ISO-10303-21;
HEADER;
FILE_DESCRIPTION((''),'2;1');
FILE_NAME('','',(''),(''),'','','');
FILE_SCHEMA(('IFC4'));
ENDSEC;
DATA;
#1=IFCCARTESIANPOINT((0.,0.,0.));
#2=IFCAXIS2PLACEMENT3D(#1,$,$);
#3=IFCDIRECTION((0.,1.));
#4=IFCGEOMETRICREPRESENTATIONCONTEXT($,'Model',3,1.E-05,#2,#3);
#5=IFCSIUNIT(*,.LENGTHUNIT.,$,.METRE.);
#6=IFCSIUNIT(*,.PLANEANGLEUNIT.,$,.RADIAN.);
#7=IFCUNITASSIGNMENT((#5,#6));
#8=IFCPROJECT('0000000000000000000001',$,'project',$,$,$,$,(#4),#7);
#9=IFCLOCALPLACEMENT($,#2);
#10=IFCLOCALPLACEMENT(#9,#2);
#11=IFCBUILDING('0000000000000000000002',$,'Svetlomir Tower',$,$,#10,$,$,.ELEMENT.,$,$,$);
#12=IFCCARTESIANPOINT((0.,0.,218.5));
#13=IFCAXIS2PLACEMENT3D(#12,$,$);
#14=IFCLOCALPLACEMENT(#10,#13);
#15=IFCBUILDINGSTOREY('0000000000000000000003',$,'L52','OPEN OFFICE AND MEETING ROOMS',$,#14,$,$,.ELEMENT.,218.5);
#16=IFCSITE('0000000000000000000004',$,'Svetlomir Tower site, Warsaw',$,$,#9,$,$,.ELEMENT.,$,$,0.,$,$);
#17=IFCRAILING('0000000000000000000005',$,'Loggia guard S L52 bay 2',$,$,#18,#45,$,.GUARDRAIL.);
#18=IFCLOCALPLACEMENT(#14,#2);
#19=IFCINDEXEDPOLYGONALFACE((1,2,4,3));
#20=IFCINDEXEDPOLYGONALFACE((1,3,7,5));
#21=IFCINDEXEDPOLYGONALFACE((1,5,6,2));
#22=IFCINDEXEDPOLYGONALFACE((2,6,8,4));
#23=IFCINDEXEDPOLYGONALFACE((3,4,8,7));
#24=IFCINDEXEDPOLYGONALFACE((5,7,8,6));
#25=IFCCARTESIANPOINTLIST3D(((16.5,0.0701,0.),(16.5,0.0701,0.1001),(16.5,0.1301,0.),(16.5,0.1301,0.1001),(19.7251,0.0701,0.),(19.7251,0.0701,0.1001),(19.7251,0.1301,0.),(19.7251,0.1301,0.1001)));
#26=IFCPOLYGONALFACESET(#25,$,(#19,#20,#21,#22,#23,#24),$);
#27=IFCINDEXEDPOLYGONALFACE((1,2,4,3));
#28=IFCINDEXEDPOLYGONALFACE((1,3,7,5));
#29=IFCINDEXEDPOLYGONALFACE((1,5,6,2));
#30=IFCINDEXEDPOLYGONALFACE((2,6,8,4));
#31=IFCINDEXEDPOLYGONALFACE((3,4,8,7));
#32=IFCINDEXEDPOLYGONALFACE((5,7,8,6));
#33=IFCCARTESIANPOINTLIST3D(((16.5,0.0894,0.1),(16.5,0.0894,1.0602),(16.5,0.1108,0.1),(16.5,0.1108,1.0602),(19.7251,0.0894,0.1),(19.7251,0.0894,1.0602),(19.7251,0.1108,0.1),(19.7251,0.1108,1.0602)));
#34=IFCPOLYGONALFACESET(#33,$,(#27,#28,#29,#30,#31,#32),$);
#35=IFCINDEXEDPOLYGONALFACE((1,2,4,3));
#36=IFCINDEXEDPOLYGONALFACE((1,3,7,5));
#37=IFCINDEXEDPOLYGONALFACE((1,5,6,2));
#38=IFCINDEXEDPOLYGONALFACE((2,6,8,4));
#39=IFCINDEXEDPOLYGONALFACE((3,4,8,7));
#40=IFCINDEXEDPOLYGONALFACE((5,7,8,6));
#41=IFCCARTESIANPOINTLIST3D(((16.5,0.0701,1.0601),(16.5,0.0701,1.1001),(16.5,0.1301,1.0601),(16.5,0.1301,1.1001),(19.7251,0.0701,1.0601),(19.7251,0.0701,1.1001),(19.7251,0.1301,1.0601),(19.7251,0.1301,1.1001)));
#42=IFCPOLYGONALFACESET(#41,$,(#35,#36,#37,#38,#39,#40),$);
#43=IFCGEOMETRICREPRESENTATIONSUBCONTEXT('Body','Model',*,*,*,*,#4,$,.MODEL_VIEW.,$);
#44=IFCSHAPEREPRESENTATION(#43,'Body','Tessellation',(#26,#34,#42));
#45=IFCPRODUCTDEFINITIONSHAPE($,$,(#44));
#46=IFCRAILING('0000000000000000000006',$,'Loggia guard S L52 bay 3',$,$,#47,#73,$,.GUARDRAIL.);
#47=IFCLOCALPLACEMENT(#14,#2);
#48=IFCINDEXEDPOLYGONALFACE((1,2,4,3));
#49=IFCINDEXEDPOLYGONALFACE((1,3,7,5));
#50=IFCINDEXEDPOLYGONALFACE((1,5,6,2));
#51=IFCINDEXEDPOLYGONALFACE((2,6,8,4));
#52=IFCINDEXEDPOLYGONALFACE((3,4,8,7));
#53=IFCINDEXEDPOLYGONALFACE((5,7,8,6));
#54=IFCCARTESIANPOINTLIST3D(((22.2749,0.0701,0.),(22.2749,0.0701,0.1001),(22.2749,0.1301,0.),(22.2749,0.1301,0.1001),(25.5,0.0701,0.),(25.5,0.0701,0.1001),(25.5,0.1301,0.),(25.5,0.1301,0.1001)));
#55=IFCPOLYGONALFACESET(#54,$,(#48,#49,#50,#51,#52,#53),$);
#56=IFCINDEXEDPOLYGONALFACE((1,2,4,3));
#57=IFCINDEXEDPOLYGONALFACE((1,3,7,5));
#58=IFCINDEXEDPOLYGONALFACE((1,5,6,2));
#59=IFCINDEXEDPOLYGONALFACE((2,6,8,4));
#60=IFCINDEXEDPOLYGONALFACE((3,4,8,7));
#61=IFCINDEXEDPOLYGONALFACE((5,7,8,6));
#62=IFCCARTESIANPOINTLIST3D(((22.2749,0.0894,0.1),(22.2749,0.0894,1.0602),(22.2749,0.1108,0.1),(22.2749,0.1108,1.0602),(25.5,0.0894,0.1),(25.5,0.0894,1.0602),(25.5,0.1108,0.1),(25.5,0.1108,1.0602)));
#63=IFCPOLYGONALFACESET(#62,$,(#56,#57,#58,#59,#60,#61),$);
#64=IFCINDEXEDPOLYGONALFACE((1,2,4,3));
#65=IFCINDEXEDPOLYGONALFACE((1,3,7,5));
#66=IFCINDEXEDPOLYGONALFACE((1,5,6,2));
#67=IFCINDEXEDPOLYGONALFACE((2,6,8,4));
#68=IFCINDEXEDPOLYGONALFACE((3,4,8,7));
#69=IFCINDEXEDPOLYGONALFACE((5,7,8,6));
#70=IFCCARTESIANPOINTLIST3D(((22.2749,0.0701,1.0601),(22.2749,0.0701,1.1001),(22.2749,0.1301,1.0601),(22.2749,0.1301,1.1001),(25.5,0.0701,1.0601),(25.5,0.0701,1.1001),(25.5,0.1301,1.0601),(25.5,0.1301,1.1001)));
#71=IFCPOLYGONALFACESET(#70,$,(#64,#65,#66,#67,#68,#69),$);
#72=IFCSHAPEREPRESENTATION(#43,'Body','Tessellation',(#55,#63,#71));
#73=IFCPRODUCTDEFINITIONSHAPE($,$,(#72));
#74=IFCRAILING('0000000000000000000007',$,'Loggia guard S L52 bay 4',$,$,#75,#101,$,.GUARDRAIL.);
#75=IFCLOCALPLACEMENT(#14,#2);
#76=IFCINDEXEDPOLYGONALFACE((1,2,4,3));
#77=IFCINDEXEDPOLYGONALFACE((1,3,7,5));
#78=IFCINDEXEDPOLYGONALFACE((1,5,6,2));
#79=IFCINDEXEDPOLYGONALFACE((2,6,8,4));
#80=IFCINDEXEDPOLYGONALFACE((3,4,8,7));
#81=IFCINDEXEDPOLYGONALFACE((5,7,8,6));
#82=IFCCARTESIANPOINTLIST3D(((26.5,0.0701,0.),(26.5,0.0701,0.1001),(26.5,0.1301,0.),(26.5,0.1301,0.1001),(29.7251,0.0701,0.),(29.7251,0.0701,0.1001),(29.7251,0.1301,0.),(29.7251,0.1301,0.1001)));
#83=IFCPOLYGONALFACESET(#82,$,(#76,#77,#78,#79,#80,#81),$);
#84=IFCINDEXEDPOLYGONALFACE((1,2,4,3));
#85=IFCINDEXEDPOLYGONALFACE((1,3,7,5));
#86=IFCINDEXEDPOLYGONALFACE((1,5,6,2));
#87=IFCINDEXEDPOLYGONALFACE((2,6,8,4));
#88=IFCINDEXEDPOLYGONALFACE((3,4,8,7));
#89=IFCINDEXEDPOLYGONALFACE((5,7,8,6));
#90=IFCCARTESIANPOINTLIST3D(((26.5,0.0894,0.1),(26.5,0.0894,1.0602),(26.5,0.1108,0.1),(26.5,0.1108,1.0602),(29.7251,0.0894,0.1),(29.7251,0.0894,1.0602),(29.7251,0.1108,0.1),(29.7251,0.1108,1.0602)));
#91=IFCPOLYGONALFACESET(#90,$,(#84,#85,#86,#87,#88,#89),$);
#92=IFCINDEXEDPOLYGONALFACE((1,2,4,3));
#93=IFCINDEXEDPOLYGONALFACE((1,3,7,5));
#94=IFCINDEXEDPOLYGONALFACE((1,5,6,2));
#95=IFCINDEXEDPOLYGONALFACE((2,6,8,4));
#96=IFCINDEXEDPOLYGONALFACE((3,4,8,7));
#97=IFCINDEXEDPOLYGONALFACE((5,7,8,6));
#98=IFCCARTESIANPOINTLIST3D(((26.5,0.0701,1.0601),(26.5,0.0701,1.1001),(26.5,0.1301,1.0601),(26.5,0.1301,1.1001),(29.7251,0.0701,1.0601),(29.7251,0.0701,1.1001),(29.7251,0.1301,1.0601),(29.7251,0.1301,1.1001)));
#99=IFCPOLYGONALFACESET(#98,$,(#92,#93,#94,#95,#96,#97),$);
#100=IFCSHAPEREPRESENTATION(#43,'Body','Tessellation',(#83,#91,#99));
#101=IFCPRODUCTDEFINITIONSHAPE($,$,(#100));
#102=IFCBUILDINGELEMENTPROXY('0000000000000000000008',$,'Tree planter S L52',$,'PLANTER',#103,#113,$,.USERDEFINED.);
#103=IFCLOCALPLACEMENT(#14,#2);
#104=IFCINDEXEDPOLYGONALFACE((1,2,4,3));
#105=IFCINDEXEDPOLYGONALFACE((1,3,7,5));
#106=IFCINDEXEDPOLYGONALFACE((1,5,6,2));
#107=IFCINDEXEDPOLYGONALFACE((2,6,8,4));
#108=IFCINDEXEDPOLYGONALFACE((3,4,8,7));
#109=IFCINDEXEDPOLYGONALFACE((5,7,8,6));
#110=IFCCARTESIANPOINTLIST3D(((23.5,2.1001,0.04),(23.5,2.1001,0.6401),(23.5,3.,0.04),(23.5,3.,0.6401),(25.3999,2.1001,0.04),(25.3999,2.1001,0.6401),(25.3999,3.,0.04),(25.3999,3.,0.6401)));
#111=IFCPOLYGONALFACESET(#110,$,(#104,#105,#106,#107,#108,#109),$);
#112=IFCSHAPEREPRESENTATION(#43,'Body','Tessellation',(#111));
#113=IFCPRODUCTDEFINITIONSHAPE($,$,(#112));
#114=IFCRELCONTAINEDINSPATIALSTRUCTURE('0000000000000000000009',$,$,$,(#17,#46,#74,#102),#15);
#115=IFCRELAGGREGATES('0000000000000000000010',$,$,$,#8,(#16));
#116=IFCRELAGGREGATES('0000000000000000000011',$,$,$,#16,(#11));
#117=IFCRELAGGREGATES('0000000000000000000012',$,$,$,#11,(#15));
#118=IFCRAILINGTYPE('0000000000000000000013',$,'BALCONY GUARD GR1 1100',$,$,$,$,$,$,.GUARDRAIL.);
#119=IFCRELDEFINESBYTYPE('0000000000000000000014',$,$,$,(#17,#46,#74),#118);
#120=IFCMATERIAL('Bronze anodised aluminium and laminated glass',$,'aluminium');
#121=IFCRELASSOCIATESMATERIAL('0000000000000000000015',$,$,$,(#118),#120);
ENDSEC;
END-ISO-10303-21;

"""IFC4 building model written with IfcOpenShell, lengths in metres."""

from ifc_helpers import new_model, si_unit, direction, frame, origin, origin_2d, place, context, subcontext, project, spatial, rectangle, extrude, material, type_object, element, save


model = new_model("IFC4")

# Units and contexts
model_context = context("Model", 3, precision=1e-05, world=origin(), true_north=direction((0.0, 1.0)))
body_context = subcontext(model_context, "Body", "Model", "MODEL_VIEW")
ifc_project = project(units=[si_unit("LENGTHUNIT", "METRE"), si_unit("PLANEANGLEUNIT", "RADIAN")], contexts=[model_context])

# Site, building, storey
site_placement = place(None, origin())
site = spatial("IfcSite", under=ifc_project, at=site_placement, Name="Svetlomir Tower site, Warsaw", CompositionType="ELEMENT", RefElevation=0.0)
building_placement = place(site_placement, origin())
building = spatial("IfcBuilding", under=site, at=building_placement, Name="Svetlomir Tower", CompositionType="ELEMENT")
storey_placement = place(building_placement, frame((0.0, 0.0, 218.5)))
storey = spatial("IfcBuildingStorey", under=building, at=storey_placement, Name="L52", Description="OPEN OFFICE AND MEETING ROOMS", CompositionType="ELEMENT", Elevation=218.5)

# Railings
ifc_material_1 = material(Name="Bronze anodised aluminium and laminated glass", Category="aluminium")
railing_type = type_object("IfcRailingType", Name="BALCONY GUARD GR1 1100", PredefinedType="GUARDRAIL", material=ifc_material_1)
for number, where, name in (
    (1, (16.5, 0.1001, 0.0), "Loggia guard S L52 bay 2"),
    (2, (22.2749, 0.1001, 0.0), "Loggia guard S L52 bay 3"),
    (3, (26.5, 0.1001, 0.0), "Loggia guard S L52 bay 4"),
):
    element("IfcRailing", number, at=place(storey_placement, frame(where)), inside=storey, type_object=railing_type, Name=name, PredefinedType="GUARDRAIL", context=body_context, shape_type="SweptSolid", body=[
        extrude(rectangle(XDim=0.0601, YDim=0.1001, at=origin_2d()), frame((0.0, 0.0, 0.05), z_axis=(1.0, 0.0, 0.0), x_axis=(0.0, 1.0, 0.0)), (0.0, 0.0, 1.0), 3.2251),
        extrude(rectangle(XDim=0.0215, YDim=0.9602, at=origin_2d()), frame((0.0, 0.0, 0.5801), z_axis=(1.0, 0.0, 0.0), x_axis=(0.0, 1.0, 0.0)), (0.0, 0.0, 1.0), 3.2251),
        extrude(rectangle(XDim=0.0601, YDim=0.04, at=origin_2d()), frame((0.0, 0.0, 1.0801), z_axis=(1.0, 0.0, 0.0), x_axis=(0.0, 1.0, 0.0)), (0.0, 0.0, 1.0), 3.2251),
    ])

# Building element proxy
proxy_placement = place(storey_placement, frame((24.45, 2.55, 0.04), z_axis=(0.0, 0.0, 1.0), x_axis=(1.0, 0.0, 0.0)))
element("IfcBuildingElementProxy", 4, at=proxy_placement, inside=storey, Name="Tree planter S L52", ObjectType="PLANTER", PredefinedType="USERDEFINED", context=body_context, shape_type="SweptSolid", body=[
    extrude(rectangle(XDim=1.8999, YDim=0.8999, at=origin_2d()), origin(), (0.0, 0.0, 1.0), 0.6001),
])

save(model, "model.ifc")
